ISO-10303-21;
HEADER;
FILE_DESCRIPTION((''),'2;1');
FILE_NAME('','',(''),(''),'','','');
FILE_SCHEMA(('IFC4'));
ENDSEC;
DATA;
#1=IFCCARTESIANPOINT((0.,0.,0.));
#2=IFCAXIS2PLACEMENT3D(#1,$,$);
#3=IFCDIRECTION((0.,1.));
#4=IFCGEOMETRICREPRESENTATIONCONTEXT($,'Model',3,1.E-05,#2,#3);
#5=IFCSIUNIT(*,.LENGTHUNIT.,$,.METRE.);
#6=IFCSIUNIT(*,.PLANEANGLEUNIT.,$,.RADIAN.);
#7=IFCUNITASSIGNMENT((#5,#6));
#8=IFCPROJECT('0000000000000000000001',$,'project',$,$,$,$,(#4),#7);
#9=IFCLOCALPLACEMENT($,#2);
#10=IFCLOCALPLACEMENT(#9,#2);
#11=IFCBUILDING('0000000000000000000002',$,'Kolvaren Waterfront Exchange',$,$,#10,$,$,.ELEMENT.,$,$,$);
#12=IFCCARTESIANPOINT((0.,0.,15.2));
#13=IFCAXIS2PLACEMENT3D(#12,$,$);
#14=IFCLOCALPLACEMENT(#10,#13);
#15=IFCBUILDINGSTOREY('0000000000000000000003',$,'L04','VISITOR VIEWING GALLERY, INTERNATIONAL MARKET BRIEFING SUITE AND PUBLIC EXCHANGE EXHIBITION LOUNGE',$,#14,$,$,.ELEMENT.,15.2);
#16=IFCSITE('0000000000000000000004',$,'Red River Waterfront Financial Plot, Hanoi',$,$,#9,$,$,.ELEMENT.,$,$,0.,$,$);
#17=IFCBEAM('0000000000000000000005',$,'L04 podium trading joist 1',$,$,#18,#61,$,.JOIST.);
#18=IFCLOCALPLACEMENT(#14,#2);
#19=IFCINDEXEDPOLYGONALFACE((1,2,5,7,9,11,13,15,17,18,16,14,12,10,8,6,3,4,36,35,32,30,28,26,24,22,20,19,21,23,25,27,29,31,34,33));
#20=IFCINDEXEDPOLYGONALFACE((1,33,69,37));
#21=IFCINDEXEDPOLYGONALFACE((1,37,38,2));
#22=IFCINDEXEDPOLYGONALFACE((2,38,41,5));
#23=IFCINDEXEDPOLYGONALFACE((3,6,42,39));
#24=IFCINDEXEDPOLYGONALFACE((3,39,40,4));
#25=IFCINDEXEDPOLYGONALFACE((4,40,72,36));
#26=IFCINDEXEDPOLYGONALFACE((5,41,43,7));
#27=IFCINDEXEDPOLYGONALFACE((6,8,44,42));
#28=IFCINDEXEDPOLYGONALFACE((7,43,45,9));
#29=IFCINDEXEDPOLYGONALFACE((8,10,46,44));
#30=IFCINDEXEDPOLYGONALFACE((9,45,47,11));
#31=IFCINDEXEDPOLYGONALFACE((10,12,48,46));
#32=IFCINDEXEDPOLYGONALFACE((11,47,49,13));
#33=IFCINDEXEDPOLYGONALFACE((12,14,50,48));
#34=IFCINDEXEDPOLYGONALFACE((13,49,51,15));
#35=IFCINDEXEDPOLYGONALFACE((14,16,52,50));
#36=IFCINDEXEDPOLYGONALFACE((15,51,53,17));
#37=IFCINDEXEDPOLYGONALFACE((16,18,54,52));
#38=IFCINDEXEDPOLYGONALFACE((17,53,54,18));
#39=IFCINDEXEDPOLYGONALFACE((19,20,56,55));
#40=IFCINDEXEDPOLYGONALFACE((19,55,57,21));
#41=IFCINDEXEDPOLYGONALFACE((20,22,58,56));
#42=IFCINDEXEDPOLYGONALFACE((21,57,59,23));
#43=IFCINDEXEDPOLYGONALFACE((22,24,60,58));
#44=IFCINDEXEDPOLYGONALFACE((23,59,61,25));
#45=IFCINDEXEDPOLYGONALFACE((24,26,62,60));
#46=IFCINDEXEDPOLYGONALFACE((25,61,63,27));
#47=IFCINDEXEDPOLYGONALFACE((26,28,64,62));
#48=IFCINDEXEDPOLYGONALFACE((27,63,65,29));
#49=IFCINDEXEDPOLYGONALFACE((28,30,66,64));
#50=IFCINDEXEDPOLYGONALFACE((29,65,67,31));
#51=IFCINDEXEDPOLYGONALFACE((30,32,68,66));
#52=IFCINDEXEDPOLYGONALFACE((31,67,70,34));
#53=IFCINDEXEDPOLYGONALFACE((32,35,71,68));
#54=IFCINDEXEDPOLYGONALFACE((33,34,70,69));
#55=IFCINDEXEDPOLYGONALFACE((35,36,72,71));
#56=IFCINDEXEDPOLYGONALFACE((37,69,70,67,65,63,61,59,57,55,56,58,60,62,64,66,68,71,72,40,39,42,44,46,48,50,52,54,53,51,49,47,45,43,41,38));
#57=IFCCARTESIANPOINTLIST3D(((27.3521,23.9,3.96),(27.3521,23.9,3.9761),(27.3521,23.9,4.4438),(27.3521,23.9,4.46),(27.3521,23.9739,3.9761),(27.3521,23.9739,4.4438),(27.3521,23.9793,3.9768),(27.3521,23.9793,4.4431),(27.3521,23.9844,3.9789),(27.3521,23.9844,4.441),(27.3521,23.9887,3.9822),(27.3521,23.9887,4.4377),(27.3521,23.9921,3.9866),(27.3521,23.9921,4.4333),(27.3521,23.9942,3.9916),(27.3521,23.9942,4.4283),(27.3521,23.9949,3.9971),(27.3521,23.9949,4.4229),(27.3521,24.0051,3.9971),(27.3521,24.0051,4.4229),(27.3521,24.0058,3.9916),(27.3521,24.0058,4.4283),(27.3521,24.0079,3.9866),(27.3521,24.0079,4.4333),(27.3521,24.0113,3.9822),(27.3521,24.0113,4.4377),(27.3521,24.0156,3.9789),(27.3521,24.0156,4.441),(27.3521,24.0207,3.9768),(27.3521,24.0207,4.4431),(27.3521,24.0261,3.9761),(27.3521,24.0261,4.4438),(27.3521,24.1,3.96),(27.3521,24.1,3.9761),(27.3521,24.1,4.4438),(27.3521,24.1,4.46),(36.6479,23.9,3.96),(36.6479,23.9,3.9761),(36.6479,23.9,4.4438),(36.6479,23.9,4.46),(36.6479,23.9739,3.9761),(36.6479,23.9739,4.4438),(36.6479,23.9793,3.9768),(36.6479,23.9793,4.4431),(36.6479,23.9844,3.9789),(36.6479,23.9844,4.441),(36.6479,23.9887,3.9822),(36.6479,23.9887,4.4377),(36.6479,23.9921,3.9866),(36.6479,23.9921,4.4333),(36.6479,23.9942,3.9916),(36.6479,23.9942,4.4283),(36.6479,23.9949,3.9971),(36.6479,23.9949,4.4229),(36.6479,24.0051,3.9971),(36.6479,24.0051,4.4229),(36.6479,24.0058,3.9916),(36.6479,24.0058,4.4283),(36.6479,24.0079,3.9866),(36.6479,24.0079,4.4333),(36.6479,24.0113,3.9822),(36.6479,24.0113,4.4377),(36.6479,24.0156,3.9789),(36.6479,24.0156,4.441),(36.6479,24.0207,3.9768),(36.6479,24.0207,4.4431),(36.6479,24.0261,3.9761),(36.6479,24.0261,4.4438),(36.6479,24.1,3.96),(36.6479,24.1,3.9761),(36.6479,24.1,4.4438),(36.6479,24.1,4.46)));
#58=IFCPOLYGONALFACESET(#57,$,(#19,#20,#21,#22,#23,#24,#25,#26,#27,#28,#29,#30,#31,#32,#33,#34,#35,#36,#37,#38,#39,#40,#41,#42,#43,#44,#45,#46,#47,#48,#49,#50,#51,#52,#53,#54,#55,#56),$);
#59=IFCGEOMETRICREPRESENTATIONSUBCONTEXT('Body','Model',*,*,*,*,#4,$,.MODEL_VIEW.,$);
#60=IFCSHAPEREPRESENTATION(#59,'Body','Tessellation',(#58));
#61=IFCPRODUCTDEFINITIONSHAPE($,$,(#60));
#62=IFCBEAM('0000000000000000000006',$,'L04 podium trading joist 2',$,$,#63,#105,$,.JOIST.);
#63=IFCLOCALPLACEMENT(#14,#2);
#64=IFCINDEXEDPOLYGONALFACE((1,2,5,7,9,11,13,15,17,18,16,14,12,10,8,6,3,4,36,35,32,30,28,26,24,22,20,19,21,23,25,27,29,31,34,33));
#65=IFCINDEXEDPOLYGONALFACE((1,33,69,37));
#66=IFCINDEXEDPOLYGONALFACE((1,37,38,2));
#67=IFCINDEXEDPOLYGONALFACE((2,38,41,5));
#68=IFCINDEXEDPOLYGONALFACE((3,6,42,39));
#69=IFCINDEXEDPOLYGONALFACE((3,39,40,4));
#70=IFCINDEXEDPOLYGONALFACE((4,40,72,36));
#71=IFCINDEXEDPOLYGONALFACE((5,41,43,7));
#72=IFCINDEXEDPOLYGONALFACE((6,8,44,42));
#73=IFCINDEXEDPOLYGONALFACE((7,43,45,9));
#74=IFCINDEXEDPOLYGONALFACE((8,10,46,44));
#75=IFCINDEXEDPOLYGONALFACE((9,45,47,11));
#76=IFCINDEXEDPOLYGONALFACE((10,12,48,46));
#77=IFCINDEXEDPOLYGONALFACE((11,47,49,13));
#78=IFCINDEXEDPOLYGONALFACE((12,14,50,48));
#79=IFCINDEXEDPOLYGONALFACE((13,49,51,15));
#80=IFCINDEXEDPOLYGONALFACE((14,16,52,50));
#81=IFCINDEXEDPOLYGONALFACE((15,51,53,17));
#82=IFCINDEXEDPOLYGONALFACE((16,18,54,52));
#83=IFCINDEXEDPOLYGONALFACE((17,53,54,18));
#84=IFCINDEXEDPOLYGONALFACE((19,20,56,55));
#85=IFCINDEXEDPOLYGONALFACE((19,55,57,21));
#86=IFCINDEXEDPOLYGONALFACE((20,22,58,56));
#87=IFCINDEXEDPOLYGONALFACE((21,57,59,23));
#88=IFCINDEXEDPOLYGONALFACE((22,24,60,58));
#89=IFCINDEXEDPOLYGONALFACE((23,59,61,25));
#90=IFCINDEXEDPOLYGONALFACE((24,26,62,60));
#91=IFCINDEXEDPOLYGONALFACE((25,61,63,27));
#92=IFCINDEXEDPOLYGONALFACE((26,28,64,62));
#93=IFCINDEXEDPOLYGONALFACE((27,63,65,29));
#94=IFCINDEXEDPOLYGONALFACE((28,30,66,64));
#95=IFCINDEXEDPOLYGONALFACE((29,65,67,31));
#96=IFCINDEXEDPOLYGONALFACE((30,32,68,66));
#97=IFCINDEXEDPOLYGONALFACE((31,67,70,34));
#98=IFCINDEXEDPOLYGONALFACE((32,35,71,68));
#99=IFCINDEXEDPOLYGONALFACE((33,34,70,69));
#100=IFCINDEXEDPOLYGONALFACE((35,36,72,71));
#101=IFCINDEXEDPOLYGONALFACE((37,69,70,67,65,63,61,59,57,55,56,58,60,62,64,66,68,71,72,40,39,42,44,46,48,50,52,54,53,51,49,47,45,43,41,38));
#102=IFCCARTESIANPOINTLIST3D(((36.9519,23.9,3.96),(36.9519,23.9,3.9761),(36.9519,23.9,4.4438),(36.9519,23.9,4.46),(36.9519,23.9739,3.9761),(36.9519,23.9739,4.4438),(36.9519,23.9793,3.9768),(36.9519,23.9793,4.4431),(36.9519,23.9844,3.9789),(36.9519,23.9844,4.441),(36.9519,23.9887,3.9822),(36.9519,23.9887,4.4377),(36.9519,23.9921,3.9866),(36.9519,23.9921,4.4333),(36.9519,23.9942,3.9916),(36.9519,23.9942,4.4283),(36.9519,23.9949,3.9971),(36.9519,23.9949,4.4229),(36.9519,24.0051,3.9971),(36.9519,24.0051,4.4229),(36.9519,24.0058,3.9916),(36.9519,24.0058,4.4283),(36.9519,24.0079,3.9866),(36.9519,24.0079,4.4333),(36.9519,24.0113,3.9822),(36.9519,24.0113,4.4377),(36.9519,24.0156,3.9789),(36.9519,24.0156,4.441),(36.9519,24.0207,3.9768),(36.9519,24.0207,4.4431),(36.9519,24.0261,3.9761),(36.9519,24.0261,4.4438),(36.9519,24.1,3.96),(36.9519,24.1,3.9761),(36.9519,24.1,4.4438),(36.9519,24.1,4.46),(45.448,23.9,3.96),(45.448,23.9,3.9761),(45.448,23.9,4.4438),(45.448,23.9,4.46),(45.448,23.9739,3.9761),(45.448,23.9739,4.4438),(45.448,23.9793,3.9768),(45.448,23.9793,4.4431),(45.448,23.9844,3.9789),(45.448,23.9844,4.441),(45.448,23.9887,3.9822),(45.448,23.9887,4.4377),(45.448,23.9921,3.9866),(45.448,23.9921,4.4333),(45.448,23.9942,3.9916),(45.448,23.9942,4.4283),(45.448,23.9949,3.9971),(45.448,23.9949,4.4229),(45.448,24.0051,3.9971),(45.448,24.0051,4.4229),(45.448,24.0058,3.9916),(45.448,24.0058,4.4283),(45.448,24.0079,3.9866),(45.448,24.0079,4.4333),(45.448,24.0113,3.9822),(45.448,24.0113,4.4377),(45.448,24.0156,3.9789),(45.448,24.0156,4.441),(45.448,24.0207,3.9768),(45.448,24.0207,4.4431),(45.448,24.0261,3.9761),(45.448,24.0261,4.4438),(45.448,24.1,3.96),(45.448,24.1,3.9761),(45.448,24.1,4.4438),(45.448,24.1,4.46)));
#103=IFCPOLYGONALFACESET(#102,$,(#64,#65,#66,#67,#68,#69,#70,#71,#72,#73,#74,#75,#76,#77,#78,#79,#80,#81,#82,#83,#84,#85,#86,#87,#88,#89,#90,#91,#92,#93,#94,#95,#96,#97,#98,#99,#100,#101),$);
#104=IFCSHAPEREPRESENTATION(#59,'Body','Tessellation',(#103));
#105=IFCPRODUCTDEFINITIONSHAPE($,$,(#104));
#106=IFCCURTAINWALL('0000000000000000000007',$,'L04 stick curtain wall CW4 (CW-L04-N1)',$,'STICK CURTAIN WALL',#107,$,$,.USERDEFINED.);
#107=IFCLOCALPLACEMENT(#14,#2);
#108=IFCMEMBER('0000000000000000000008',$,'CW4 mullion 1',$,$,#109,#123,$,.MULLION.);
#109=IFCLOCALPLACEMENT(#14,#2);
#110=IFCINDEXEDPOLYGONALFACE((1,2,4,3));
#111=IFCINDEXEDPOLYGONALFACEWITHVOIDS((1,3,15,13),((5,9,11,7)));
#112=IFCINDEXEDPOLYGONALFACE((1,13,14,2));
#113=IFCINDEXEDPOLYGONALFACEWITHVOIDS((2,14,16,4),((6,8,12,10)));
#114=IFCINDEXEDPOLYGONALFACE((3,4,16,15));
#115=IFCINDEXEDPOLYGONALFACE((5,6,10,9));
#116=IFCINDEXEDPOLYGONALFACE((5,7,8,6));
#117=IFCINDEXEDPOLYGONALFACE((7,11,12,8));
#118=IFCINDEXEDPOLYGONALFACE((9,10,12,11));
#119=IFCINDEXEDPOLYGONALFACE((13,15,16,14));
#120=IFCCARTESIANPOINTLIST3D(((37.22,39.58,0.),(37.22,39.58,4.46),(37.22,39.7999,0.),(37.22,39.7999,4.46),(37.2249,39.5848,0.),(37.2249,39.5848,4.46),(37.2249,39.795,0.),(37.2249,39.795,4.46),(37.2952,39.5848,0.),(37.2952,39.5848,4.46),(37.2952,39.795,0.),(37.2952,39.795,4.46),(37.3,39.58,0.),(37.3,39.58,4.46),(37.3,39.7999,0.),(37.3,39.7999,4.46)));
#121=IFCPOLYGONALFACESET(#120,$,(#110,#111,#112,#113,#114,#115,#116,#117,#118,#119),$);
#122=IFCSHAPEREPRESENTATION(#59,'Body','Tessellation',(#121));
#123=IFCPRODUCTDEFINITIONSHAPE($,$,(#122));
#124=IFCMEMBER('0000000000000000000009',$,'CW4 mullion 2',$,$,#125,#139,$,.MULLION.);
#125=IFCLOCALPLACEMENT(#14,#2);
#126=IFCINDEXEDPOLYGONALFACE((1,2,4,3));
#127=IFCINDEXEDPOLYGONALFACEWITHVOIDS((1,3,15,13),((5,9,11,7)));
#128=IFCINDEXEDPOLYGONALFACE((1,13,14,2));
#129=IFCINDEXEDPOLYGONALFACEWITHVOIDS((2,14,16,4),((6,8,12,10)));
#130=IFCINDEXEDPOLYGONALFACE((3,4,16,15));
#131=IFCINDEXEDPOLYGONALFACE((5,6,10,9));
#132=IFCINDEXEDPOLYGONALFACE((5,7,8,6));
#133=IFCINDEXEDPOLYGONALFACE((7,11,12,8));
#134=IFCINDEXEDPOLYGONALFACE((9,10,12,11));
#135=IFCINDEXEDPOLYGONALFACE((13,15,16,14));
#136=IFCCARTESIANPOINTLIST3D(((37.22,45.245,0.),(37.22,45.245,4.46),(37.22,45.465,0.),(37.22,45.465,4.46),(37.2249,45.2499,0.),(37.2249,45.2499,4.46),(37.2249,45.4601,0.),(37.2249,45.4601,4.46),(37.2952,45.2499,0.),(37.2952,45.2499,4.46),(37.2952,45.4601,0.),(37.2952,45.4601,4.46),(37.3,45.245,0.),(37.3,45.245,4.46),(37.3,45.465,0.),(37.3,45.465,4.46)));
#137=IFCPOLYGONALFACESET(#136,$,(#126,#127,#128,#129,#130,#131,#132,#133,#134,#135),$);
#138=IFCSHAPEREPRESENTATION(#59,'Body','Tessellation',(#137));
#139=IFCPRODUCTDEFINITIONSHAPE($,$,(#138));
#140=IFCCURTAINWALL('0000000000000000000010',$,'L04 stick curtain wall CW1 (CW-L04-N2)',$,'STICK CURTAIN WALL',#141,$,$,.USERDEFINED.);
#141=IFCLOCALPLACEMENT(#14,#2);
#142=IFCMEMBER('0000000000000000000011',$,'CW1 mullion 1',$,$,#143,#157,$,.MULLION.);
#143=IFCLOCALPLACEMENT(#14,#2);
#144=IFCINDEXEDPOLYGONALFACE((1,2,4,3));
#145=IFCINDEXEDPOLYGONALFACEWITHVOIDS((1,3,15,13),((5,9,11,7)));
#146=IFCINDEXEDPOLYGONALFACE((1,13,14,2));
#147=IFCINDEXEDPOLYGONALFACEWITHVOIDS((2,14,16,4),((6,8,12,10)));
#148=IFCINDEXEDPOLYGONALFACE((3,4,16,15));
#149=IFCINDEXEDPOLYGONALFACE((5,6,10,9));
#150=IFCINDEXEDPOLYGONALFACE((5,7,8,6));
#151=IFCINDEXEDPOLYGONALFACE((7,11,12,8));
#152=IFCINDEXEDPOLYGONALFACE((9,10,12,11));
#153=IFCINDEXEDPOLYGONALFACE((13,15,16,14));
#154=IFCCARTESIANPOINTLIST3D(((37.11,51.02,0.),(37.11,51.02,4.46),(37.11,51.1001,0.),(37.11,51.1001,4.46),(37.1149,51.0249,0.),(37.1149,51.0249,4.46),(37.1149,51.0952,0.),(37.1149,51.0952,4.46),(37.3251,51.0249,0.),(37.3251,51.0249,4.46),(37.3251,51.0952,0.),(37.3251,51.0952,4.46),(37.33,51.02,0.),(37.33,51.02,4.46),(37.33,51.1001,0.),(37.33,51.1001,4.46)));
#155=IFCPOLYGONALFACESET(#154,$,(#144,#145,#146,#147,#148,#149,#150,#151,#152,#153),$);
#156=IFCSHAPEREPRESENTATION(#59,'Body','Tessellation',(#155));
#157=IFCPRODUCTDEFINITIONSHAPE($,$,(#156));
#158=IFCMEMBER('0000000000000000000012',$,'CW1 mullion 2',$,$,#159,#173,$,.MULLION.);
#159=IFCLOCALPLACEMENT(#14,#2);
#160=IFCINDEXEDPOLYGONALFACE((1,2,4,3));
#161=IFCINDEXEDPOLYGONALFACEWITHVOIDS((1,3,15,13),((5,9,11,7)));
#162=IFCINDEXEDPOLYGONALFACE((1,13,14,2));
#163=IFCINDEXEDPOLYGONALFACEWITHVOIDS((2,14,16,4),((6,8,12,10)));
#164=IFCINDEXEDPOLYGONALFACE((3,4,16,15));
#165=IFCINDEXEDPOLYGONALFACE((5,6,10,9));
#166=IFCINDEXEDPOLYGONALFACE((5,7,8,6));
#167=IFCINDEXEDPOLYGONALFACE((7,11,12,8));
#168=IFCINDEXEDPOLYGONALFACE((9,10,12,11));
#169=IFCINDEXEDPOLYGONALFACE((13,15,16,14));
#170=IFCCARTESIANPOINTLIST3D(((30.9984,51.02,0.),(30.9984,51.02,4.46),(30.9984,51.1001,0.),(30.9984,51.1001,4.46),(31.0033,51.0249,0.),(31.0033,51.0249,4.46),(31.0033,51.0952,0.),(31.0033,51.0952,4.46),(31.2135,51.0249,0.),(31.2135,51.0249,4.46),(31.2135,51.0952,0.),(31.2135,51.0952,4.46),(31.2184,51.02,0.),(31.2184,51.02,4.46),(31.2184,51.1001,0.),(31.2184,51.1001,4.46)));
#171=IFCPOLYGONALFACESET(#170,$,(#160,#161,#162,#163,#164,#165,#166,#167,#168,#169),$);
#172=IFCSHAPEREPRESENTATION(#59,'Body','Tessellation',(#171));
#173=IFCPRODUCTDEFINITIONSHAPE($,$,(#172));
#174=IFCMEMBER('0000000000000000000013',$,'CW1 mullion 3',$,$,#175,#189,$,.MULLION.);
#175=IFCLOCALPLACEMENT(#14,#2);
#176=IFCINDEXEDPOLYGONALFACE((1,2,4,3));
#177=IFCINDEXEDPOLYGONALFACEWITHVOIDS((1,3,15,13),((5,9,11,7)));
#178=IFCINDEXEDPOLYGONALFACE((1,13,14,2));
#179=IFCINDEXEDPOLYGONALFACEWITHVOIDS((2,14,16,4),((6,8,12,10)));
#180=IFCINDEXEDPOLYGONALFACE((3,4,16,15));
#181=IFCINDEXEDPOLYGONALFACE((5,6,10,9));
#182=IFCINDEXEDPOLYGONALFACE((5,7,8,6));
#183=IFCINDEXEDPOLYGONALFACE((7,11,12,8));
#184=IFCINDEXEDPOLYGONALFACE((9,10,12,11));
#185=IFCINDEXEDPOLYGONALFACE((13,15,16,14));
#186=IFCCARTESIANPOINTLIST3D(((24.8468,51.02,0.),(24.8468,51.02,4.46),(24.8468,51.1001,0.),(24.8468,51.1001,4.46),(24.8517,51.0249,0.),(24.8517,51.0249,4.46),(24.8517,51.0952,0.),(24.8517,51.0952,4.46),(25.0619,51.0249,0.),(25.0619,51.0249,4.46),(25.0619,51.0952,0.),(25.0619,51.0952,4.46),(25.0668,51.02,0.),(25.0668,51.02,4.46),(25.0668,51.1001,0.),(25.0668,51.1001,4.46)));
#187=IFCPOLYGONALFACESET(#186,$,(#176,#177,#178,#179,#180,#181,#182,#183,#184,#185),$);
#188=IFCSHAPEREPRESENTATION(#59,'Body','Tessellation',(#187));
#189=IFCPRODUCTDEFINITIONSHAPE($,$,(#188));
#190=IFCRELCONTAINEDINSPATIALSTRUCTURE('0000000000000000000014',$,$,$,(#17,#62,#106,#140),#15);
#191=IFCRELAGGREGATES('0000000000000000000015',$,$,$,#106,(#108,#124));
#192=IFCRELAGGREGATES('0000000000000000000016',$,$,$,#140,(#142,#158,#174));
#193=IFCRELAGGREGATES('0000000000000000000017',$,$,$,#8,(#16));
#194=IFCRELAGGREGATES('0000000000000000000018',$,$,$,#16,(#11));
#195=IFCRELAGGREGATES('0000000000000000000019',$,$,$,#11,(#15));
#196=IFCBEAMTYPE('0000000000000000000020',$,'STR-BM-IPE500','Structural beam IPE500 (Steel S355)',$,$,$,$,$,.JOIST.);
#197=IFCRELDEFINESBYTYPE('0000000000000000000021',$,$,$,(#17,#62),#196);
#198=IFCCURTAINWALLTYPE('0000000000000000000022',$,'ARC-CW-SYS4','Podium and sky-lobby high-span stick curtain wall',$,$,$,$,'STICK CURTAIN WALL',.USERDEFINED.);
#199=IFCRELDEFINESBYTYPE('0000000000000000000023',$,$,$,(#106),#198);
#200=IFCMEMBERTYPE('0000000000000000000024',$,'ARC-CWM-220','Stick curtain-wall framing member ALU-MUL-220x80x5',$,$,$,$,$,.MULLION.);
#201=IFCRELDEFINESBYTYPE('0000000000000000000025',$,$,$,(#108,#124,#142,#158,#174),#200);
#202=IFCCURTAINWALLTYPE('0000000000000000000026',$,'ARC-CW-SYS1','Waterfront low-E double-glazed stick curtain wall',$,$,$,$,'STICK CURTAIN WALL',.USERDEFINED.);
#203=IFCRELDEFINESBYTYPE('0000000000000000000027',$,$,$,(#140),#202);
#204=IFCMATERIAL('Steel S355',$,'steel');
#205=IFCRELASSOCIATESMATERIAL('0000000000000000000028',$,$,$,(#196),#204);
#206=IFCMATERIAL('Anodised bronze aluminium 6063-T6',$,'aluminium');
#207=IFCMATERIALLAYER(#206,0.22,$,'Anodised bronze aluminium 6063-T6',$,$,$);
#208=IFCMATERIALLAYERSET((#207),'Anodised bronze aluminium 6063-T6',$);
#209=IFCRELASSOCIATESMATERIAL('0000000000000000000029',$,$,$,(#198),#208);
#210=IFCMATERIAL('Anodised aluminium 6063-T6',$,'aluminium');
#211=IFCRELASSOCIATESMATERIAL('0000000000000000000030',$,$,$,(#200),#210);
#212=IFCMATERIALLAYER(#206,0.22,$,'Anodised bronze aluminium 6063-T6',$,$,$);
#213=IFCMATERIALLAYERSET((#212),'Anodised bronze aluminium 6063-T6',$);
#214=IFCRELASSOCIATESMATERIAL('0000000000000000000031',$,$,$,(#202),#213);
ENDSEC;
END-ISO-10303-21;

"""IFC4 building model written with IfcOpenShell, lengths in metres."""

from ifc_helpers import new_model, si_unit, direction, frame, origin, origin_with_axes, origin_2d, place, context, subcontext, project, spatial, hollow_rectangle, i_section, extrude, source, transform, mapped, material, layer, layer_set, material_profile, profile_set, type_object, element, aggregate, save


model = new_model("IFC4")

# Units and contexts
model_context = context("Model", 3, precision=1e-05, world=origin(), true_north=direction((0.0, 1.0)))
body_context = subcontext(model_context, "Body", "Model", "MODEL_VIEW")
ifc_project = project(units=[si_unit("LENGTHUNIT", "METRE"), si_unit("PLANEANGLEUNIT", "RADIAN")], contexts=[model_context])

# Site, building, storey
site_placement = place(None, origin())
site = spatial("IfcSite", under=ifc_project, at=site_placement, Name="Red River Waterfront Financial Plot, Hanoi", CompositionType="ELEMENT", RefElevation=0.0)
building_placement = place(site_placement, origin())
building = spatial("IfcBuilding", under=site, at=building_placement, Name="Kolvaren Waterfront Exchange", CompositionType="ELEMENT")
storey_placement = place(building_placement, frame((0.0, 0.0, 15.2)))
storey = spatial("IfcBuildingStorey", under=building, at=storey_placement, Name="L04", Description="VISITOR VIEWING GALLERY, INTERNATIONAL MARKET BRIEFING SUITE AND PUBLIC EXCHANGE EXHIBITION LOUNGE", CompositionType="ELEMENT", Elevation=15.2)

# Beams
ifc_material_1 = material(Name="Steel S355", Category="steel")
ifc_material_profile_1 = material_profile(ifc_material_1, i_section(OverallWidth=0.2, OverallDepth=0.5, WebThickness=0.0103, FlangeThickness=0.0161, FilletRadius=0.021, at=origin_2d()), Name="IPE500")
ifc_profile_set_1 = profile_set([ifc_material_profile_1], Name="Steel S355")
beam_type_1 = type_object("IfcBeamType", Name="STR-BM-IPE500", Description="Structural beam IPE500 (Steel S355)", PredefinedType="JOIST", material=ifc_profile_set_1)
beam_1_placement = place(storey_placement, frame((27.3521, 24.0, 4.21), z_axis=(1.0, 0.0, 0.0), x_axis=(0.0, 1.0, 0.0)))
element("IfcBeam", 1, at=beam_1_placement, inside=storey, type_object=beam_type_1, Name="L04 podium trading joist 1", PredefinedType="JOIST", context=body_context, shape_type="SweptSolid", body=[
    extrude(i_section(OverallWidth=0.2, OverallDepth=0.5, WebThickness=0.0103, FlangeThickness=0.0161, FilletRadius=0.021, at=origin_2d()), origin(), (0.0, 0.0, 1.0), 9.2959),
])
beam_2_placement = place(storey_placement, frame((36.9519, 24.0, 4.21), z_axis=(1.0, 0.0, 0.0), x_axis=(0.0, 1.0, 0.0)))
element("IfcBeam", 2, at=beam_2_placement, inside=storey, type_object=beam_type_1, Name="L04 podium trading joist 2", PredefinedType="JOIST", context=body_context, shape_type="SweptSolid", body=[
    extrude(i_section(OverallWidth=0.2, OverallDepth=0.5, WebThickness=0.0103, FlangeThickness=0.0161, FilletRadius=0.021, at=origin_2d()), origin(), (0.0, 0.0, 1.0), 8.4961),
])

# Curtain walls, members
ifc_material_2 = material(Name="Anodised bronze aluminium 6063-T6", Category="aluminium")
ifc_layer_1 = layer(ifc_material_2, 0.22, Name="Anodised bronze aluminium 6063-T6")
ifc_layer_set_1 = layer_set([ifc_layer_1], Name="Anodised bronze aluminium 6063-T6")
curtain_wall_type_1 = type_object("IfcCurtainWallType", Name="ARC-CW-SYS4", Description="Podium and sky-lobby high-span stick curtain wall", ElementType="STICK CURTAIN WALL", PredefinedType="USERDEFINED", material=ifc_layer_set_1)
curtain_wall_1_placement = place(storey_placement, origin())
curtain_wall_1 = element("IfcCurtainWall", 3, at=curtain_wall_1_placement, inside=storey, type_object=curtain_wall_type_1, Name="L04 stick curtain wall CW4 (CW-L04-N1)", ObjectType="STICK CURTAIN WALL", PredefinedType="USERDEFINED")
ifc_material_3 = material(Name="Anodised aluminium 6063-T6", Category="aluminium")
ifc_material_profile_2 = material_profile(ifc_material_3, hollow_rectangle(XDim=0.0801, YDim=0.22, WallThickness=0.0049, at=origin_2d()), Name="ALU-MUL-220x80x5")
ifc_profile_set_2 = profile_set([ifc_material_profile_2], Name="Anodised aluminium 6063-T6")
member_type_1 = type_object("IfcMemberType", Name="ARC-CWM-220", Description="Stick curtain-wall framing member ALU-MUL-220x80x5", PredefinedType="MULLION", material=ifc_profile_set_2)
shared_shape_1 = source(origin_with_axes(), body_context, "Body", "SweptSolid", [
    extrude(hollow_rectangle(XDim=0.0801, YDim=0.22, WallThickness=0.0049, at=origin_2d()), origin(), (0.0, 0.0, 1.0), 4.46),
])
member_1_placement = place(storey_placement, frame((37.26, 39.6899, 0.0), z_axis=(0.0, 0.0, 1.0), x_axis=(-1.0, 0.0, 0.0)))
member_1 = element("IfcMember", 4, at=member_1_placement, type_object=member_type_1, Name="CW4 mullion 1", PredefinedType="MULLION", context=body_context, shape_type="MappedRepresentation", body=[
    mapped(shared_shape_1, transform((0.0, 0.0, 0.0), x_axis=(1.0, 0.0, 0.0), y_axis=(0.0, 1.0, 0.0), z_axis=(0.0, 0.0, 1.0), scale=1.0)),
])
member_2_placement = place(storey_placement, frame((37.26, 45.355, 0.0), z_axis=(0.0, 0.0, 1.0), x_axis=(-1.0, 0.0, 0.0)))
member_2 = element("IfcMember", 5, at=member_2_placement, type_object=member_type_1, Name="CW4 mullion 2", PredefinedType="MULLION", context=body_context, shape_type="MappedRepresentation", body=[
    mapped(shared_shape_1, transform((0.0, 0.0, 0.0), x_axis=(1.0, 0.0, 0.0), y_axis=(0.0, 1.0, 0.0), z_axis=(0.0, 0.0, 1.0), scale=1.0)),
])
ifc_layer_2 = layer(ifc_material_2, 0.22, Name="Anodised bronze aluminium 6063-T6")
ifc_layer_set_2 = layer_set([ifc_layer_2], Name="Anodised bronze aluminium 6063-T6")
curtain_wall_type_2 = type_object("IfcCurtainWallType", Name="ARC-CW-SYS1", Description="Waterfront low-E double-glazed stick curtain wall", ElementType="STICK CURTAIN WALL", PredefinedType="USERDEFINED", material=ifc_layer_set_2)
curtain_wall_2_placement = place(storey_placement, origin())
curtain_wall_2 = element("IfcCurtainWall", 6, at=curtain_wall_2_placement, inside=storey, type_object=curtain_wall_type_2, Name="L04 stick curtain wall CW1 (CW-L04-N2)", ObjectType="STICK CURTAIN WALL", PredefinedType="USERDEFINED")
member_3_placement = place(storey_placement, frame((37.22, 51.0601, 0.0), z_axis=(0.0, 0.0, 1.0), x_axis=(0.0, -1.0, 0.0)))
member_3 = element("IfcMember", 7, at=member_3_placement, type_object=member_type_1, Name="CW1 mullion 1", PredefinedType="MULLION", context=body_context, shape_type="MappedRepresentation", body=[
    mapped(shared_shape_1, transform((0.0, 0.0, 0.0), x_axis=(1.0, 0.0, 0.0), y_axis=(0.0, 1.0, 0.0), z_axis=(0.0, 0.0, 1.0), scale=1.0)),
])
member_4_placement = place(storey_placement, frame((31.1084, 51.0601, 0.0), z_axis=(0.0, 0.0, 1.0), x_axis=(0.0, -1.0, 0.0)))
member_4 = element("IfcMember", 8, at=member_4_placement, type_object=member_type_1, Name="CW1 mullion 2", PredefinedType="MULLION", context=body_context, shape_type="MappedRepresentation", body=[
    mapped(shared_shape_1, transform((0.0, 0.0, 0.0), x_axis=(1.0, 0.0, 0.0), y_axis=(0.0, 1.0, 0.0), z_axis=(0.0, 0.0, 1.0), scale=1.0)),
])
member_5_placement = place(storey_placement, frame((24.9568, 51.0601, 0.0), z_axis=(0.0, 0.0, 1.0), x_axis=(0.0, -1.0, 0.0)))
member_5 = element("IfcMember", 9, at=member_5_placement, type_object=member_type_1, Name="CW1 mullion 3", PredefinedType="MULLION", context=body_context, shape_type="MappedRepresentation", body=[
    mapped(shared_shape_1, transform((0.0, 0.0, 0.0), x_axis=(1.0, 0.0, 0.0), y_axis=(0.0, 1.0, 0.0), z_axis=(0.0, 0.0, 1.0), scale=1.0)),
])

aggregate(curtain_wall_1, [member_1, member_2])
aggregate(curtain_wall_2, [member_3, member_4, member_5])

save(model, "model.ifc")
